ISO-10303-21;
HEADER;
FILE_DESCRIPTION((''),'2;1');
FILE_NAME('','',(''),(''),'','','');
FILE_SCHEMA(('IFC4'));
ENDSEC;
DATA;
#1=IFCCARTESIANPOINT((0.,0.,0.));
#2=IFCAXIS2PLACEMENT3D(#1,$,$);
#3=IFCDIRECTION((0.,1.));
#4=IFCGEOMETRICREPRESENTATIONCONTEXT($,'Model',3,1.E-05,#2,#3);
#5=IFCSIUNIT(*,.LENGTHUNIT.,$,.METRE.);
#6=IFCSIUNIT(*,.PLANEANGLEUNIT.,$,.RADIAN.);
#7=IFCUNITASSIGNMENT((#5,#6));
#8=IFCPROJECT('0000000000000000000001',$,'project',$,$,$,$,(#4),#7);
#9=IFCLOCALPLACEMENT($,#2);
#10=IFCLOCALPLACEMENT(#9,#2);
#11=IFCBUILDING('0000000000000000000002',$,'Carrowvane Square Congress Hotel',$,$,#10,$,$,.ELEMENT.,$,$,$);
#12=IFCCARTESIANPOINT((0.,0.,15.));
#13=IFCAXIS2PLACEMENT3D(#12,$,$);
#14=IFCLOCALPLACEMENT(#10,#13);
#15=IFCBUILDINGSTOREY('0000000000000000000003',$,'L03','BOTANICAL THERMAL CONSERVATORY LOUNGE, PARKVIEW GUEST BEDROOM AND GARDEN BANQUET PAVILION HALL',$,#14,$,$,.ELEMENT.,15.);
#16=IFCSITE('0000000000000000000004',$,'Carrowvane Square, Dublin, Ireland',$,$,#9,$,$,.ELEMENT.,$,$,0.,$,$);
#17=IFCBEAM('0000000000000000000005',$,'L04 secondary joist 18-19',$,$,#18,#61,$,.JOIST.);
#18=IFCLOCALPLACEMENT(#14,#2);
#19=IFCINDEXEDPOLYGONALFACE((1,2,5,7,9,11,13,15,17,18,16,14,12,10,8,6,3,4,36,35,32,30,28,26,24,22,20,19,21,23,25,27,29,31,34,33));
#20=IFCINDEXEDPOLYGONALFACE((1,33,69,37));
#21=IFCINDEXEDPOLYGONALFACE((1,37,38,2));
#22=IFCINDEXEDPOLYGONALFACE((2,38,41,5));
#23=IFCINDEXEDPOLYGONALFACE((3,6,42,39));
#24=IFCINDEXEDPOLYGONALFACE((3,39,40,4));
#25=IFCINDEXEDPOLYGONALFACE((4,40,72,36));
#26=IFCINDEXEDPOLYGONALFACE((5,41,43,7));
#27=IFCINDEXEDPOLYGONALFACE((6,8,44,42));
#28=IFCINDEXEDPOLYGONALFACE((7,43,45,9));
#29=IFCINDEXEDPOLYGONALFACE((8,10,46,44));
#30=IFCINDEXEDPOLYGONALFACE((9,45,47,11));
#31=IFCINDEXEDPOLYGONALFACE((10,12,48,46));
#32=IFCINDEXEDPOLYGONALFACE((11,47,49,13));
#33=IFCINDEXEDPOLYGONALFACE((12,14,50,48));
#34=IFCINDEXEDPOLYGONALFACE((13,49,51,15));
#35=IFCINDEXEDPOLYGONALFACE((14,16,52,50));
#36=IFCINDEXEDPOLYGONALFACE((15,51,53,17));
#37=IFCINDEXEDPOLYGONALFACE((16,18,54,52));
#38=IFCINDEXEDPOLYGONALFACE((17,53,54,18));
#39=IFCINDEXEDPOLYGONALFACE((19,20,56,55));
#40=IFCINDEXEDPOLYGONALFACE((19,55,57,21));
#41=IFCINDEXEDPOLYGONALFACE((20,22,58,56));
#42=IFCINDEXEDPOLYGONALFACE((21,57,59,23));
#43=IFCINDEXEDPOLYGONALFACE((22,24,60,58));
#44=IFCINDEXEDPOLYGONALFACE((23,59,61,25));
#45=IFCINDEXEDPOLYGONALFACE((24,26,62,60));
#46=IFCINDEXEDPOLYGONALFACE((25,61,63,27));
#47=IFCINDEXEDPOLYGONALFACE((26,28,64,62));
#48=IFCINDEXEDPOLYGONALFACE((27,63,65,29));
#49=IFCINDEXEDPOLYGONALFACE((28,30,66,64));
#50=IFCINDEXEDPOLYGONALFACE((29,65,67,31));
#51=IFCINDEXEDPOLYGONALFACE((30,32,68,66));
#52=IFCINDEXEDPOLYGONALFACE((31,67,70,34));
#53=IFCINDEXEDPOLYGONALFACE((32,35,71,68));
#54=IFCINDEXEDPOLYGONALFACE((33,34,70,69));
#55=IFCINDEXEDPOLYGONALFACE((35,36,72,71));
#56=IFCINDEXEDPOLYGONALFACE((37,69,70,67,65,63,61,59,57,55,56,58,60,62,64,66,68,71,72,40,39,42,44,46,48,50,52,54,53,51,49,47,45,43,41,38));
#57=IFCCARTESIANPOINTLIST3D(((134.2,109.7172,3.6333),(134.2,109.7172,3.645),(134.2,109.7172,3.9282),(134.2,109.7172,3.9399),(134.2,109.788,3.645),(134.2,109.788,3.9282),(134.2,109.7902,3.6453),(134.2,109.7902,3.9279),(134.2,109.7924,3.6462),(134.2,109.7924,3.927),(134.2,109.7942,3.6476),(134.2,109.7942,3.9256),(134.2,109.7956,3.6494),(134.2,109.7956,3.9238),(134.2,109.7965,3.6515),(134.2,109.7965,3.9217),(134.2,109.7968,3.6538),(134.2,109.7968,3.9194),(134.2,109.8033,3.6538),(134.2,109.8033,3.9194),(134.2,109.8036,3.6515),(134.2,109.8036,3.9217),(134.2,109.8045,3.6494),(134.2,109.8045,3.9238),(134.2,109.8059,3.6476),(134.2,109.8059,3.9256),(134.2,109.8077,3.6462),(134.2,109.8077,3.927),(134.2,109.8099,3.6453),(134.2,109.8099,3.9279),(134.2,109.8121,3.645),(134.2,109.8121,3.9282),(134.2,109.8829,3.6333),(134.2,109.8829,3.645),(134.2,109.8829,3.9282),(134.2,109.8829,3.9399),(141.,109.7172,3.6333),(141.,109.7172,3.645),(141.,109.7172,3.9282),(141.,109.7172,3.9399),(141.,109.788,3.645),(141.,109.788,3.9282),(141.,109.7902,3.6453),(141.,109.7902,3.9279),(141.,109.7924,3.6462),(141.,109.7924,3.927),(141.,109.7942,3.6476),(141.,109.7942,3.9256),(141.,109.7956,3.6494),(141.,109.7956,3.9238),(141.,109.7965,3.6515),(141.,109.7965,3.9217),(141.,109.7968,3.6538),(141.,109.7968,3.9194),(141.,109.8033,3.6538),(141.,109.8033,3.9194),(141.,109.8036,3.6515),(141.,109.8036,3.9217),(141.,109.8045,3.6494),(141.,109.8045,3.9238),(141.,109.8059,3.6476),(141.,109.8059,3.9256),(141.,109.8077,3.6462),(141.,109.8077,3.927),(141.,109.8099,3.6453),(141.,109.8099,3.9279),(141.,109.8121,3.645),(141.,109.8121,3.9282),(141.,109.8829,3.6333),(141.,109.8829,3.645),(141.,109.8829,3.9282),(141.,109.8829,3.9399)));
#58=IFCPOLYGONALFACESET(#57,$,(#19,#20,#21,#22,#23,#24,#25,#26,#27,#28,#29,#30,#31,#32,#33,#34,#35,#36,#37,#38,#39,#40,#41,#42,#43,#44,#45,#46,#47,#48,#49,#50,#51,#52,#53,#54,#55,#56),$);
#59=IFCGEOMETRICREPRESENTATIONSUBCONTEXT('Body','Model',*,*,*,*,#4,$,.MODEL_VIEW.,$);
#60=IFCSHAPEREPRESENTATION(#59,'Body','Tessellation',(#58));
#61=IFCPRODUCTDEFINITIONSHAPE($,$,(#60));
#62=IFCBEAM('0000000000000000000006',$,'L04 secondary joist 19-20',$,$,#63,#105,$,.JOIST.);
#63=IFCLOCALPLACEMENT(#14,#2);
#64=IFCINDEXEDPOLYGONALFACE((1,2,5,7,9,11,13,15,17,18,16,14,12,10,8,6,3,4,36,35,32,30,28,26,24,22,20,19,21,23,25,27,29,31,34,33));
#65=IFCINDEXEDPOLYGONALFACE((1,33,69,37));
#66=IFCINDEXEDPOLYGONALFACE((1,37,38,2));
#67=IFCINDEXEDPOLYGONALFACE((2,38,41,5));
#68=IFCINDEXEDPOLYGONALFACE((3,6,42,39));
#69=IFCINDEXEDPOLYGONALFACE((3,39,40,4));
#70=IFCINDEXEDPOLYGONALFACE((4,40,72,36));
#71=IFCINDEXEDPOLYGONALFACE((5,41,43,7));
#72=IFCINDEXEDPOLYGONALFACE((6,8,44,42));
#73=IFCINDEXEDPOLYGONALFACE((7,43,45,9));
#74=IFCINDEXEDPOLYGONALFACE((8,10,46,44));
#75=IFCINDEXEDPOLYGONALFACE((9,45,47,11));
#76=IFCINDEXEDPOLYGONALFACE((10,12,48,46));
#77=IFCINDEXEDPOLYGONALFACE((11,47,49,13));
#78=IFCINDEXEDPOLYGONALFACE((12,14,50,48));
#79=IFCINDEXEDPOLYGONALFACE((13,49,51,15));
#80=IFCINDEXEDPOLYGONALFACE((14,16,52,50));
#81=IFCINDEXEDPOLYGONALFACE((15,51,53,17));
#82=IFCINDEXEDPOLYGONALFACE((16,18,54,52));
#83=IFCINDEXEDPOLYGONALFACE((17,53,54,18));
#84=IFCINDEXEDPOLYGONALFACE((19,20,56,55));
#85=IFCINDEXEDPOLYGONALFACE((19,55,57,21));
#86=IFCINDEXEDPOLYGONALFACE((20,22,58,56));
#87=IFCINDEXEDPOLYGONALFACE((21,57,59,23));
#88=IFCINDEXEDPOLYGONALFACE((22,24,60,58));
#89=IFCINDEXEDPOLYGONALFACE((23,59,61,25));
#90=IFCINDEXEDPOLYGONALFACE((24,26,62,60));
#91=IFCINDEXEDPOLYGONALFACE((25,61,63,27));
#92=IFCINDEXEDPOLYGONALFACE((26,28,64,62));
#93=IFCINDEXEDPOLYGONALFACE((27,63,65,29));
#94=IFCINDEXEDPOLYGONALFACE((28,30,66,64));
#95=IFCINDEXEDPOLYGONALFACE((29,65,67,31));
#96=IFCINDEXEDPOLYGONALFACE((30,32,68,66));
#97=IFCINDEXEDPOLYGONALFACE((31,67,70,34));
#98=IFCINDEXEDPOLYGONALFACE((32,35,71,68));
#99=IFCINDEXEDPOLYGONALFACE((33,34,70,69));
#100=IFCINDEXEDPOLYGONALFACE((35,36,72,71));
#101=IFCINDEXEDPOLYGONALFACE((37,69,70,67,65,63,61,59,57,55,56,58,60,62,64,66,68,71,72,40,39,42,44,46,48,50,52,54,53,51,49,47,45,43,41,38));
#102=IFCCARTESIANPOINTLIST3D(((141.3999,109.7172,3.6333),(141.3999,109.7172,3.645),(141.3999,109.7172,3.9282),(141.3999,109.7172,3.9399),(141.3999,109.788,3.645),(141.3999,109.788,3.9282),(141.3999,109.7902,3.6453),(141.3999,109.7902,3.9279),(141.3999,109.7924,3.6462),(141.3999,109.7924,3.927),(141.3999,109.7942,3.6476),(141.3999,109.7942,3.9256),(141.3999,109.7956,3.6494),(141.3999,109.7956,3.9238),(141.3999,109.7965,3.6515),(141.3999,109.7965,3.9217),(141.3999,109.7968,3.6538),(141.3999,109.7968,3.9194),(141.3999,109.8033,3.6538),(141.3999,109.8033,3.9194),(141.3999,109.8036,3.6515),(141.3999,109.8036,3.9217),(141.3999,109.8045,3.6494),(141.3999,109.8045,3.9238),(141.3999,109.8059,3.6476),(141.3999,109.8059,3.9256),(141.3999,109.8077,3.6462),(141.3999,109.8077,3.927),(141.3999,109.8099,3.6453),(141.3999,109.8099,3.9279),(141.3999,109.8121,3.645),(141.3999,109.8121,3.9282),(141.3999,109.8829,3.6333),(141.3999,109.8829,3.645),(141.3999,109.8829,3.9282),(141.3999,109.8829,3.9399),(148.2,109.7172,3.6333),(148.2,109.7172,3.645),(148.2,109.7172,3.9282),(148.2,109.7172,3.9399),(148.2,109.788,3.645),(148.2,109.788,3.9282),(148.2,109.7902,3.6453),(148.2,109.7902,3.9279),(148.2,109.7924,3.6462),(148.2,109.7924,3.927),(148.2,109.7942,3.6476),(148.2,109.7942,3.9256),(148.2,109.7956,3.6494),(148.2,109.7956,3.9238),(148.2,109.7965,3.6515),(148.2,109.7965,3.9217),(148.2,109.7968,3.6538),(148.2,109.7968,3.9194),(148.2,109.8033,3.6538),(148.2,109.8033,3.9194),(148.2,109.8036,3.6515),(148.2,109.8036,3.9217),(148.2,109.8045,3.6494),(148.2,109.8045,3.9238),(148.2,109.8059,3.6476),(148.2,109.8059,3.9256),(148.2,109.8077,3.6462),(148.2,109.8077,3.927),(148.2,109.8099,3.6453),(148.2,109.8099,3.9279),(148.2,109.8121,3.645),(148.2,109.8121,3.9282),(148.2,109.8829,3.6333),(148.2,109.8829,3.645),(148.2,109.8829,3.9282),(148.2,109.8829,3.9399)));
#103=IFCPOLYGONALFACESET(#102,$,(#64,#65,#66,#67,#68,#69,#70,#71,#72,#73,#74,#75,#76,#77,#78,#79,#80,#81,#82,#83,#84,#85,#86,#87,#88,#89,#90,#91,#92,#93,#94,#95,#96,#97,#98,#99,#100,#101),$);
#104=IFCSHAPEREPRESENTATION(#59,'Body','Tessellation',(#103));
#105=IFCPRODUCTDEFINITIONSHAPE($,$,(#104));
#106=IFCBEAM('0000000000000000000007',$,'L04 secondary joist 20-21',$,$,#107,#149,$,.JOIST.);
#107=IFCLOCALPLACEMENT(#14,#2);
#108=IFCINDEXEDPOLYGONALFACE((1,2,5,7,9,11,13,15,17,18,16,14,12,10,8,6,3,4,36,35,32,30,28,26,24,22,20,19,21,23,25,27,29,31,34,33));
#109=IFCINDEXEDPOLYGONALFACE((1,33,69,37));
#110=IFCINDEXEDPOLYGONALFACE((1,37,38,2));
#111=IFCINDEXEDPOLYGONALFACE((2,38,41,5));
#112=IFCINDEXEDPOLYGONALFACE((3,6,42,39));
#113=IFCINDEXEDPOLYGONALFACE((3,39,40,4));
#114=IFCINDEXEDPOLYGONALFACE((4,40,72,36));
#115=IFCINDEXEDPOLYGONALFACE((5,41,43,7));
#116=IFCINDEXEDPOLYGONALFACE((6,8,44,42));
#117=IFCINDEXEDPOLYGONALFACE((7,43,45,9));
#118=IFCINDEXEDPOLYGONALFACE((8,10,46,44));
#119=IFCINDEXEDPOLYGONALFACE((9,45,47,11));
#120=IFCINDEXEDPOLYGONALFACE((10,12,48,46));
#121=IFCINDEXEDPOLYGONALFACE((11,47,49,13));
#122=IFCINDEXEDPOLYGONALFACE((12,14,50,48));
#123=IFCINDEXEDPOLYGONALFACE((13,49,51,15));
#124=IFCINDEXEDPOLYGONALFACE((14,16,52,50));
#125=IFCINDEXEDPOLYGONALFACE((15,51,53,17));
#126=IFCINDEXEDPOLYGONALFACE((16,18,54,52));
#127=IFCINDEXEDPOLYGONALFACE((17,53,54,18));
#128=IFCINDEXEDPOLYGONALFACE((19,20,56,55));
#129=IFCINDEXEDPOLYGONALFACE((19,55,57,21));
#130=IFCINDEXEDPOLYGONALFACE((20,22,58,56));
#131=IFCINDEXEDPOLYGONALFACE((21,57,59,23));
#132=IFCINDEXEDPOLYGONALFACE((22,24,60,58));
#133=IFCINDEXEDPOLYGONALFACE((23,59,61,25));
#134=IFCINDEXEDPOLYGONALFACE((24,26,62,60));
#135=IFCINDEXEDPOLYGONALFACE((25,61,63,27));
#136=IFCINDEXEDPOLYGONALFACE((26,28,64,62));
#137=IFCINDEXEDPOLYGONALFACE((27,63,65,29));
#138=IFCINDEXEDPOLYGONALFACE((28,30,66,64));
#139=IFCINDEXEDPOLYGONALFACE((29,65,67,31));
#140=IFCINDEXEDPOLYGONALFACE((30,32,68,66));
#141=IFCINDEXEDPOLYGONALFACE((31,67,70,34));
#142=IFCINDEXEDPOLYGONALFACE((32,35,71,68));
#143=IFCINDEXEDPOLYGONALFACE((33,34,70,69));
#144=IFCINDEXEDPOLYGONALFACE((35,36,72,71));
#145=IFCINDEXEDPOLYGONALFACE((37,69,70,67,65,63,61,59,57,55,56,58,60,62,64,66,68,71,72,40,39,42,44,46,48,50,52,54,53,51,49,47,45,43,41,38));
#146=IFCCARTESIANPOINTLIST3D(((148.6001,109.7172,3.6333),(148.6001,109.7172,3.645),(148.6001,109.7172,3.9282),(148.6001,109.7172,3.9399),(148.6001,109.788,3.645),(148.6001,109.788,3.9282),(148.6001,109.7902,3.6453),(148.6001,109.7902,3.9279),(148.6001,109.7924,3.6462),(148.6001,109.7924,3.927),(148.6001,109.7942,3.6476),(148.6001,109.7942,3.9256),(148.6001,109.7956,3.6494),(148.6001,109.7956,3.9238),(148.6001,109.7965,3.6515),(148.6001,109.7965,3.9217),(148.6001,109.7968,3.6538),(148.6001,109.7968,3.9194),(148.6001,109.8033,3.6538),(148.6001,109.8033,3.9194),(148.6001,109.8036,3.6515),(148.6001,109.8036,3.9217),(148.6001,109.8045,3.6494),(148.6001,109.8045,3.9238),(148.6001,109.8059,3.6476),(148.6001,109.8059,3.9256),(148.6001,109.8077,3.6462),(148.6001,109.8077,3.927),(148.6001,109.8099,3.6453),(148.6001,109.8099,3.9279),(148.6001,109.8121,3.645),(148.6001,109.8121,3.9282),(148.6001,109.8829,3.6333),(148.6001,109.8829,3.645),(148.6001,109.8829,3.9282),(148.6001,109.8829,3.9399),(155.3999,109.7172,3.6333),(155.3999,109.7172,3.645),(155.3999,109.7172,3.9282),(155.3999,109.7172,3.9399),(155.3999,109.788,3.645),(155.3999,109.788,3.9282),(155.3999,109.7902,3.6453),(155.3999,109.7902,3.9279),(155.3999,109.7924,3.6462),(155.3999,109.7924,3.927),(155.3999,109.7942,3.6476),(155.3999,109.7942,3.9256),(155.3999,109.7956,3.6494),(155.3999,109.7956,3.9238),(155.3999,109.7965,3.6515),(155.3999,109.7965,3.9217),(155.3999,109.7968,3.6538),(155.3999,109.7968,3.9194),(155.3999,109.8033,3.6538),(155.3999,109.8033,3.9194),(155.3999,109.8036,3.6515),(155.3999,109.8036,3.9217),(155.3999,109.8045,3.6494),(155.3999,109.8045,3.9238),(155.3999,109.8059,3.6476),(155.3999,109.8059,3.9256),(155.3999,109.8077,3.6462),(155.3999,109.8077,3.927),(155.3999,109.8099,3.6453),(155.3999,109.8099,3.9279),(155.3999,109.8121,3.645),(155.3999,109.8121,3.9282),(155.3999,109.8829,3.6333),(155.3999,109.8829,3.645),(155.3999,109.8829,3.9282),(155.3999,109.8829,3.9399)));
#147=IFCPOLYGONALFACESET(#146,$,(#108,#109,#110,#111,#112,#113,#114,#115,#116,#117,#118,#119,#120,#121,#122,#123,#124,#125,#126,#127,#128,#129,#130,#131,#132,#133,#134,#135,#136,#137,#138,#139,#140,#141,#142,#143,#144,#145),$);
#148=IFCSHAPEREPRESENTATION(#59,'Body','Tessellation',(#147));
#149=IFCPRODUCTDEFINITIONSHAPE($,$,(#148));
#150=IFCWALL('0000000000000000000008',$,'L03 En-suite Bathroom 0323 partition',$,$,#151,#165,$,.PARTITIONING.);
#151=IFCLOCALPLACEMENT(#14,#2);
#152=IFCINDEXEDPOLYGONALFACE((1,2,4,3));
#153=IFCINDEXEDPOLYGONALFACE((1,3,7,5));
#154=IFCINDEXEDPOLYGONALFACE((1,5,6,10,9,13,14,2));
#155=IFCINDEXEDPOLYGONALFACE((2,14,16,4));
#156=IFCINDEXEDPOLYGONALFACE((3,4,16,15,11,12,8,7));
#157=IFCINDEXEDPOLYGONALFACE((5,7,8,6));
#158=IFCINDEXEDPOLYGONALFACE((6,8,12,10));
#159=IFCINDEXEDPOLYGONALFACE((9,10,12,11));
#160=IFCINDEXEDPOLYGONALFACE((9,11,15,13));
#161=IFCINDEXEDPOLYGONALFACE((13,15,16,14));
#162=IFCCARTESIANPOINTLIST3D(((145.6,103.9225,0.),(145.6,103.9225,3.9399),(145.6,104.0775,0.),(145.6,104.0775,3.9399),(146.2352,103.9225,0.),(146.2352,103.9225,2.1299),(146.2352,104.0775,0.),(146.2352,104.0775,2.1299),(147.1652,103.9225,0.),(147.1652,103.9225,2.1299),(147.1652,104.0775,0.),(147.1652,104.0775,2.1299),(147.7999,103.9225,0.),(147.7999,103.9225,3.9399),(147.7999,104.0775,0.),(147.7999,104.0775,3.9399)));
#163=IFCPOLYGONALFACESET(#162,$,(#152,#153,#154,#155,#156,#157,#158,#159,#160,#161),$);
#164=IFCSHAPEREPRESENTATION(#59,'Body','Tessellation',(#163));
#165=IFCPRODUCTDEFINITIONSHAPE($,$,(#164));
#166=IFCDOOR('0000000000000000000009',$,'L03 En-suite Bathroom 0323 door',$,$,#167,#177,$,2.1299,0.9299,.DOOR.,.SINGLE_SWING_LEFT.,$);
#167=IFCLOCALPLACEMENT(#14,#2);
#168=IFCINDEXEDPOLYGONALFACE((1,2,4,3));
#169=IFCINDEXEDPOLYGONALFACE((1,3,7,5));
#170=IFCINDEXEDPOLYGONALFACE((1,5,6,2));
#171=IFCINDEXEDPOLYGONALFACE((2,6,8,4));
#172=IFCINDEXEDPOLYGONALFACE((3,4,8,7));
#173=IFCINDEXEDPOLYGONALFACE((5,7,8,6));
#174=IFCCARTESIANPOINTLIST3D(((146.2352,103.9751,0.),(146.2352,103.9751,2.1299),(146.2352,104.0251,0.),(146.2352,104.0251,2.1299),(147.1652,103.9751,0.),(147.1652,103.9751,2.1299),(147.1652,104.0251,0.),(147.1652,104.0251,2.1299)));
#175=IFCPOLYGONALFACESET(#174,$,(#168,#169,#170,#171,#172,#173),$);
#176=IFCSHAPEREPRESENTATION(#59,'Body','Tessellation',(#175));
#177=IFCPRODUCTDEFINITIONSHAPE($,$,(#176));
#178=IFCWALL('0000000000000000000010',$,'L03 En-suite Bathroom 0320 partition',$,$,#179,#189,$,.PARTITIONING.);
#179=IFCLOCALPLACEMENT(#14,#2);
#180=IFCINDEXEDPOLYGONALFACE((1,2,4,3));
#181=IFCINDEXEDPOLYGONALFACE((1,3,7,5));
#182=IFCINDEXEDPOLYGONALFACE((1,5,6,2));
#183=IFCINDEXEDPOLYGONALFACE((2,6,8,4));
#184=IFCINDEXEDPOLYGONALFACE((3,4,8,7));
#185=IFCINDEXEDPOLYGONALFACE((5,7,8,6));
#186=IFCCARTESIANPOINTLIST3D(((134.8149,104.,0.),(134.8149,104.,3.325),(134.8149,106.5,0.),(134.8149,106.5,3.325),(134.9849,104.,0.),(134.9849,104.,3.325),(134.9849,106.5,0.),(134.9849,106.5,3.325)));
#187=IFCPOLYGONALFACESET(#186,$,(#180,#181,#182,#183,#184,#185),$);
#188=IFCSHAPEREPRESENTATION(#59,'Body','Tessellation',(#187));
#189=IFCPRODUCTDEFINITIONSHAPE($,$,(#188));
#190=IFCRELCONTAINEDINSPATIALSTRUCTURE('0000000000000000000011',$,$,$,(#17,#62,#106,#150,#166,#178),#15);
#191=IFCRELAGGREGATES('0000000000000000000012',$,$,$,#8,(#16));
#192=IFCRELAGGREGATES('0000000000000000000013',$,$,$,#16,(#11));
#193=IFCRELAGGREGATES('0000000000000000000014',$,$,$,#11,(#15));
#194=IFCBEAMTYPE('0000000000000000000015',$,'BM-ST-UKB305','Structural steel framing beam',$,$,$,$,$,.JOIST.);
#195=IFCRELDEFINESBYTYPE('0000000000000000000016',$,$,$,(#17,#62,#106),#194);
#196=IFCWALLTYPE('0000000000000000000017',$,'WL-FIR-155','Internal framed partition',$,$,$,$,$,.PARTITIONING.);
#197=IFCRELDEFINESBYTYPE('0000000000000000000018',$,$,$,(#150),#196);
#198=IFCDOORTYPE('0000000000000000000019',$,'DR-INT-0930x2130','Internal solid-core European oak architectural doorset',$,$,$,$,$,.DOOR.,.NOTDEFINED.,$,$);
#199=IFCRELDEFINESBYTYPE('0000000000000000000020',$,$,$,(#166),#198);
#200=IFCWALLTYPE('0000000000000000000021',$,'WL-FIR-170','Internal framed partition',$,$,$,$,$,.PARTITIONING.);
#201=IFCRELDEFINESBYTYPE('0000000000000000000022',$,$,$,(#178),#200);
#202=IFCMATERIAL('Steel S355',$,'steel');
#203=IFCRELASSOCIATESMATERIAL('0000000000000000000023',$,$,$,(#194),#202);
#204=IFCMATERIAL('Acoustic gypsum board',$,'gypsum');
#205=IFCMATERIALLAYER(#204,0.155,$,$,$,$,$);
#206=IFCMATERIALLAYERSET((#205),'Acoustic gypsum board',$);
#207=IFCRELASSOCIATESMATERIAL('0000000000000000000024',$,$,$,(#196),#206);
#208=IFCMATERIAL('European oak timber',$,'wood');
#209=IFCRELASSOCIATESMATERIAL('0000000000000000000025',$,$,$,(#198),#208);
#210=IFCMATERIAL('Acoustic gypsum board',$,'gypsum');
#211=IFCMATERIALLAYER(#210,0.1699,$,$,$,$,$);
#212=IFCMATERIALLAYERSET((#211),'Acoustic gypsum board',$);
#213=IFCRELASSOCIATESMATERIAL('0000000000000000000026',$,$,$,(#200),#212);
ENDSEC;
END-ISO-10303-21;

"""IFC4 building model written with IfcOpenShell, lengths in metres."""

from ifc_helpers import new_model, si_unit, direction, frame, frame_2d, origin, origin_2d, place, context, subcontext, project, spatial, rectangle, i_section, extrude, material, layer, layer_set, material_profile, profile_set, type_object, element, fill, save


model = new_model("IFC4")

# Units and contexts
model_context = context("Model", 3, precision=1e-05, world=origin(), true_north=direction((0.0, 1.0)))
body_context = subcontext(model_context, "Body", "Model", "MODEL_VIEW")
ifc_project = project(units=[si_unit("LENGTHUNIT", "METRE"), si_unit("PLANEANGLEUNIT", "RADIAN")], contexts=[model_context])

# Site, building, storey
site_placement = place(None, origin())
site = spatial("IfcSite", under=ifc_project, at=site_placement, Name="Carrowvane Square, Dublin, Ireland", CompositionType="ELEMENT", RefElevation=0.0)
building_placement = place(site_placement, origin())
building = spatial("IfcBuilding", under=site, at=building_placement, Name="Carrowvane Square Congress Hotel", CompositionType="ELEMENT")
storey_placement = place(building_placement, frame((0.0, 0.0, 15.0)))
storey = spatial("IfcBuildingStorey", under=building, at=storey_placement, Name="L03", Description="BOTANICAL THERMAL CONSERVATORY LOUNGE, PARKVIEW GUEST BEDROOM AND GARDEN BANQUET PAVILION HALL", CompositionType="ELEMENT", Elevation=15.0)

# Beams
ifc_material_1 = material(Name="Steel S355", Category="steel")
ifc_material_profile_1 = material_profile(ifc_material_1, i_section(OverallWidth=0.1658, OverallDepth=0.3066, WebThickness=0.0066, FlangeThickness=0.0117, FilletRadius=0.0088, at=origin_2d()), Name="UKB 305x165x46")
ifc_profile_set_1 = profile_set([ifc_material_profile_1], Name="Steel S355")
beam_type_1 = type_object("IfcBeamType", Name="BM-ST-UKB305", Description="Structural steel framing beam", PredefinedType="JOIST", material=ifc_profile_set_1)
for number, where, z_axis, x_axis, name in (
    (1, (134.2, 109.8, 3.7866), (1.0, 0.0, 0.0), (0.0, 1.0, 0.0), "L04 secondary joist 18-19"),
    (2, (141.3999, 109.8, 3.7866), (1.0, 0.0, 0.0), (0.0, 1.0, 0.0), "L04 secondary joist 19-20"),
):
    element("IfcBeam", number, at=place(storey_placement, frame(where, z_axis=z_axis, x_axis=x_axis)), inside=storey, type_object=beam_type_1, Name=name, PredefinedType="JOIST", context=body_context, shape_type="SweptSolid", body=[
        extrude(i_section(OverallWidth=0.1658, OverallDepth=0.3066, WebThickness=0.0066, FlangeThickness=0.0117, FilletRadius=0.0088, at=origin_2d()), origin(), (0.0, 0.0, 1.0), 6.8),
    ])
beam_1_placement = place(storey_placement, frame((148.6001, 109.8, 3.7866), z_axis=(1.0, 0.0, 0.0), x_axis=(0.0, 1.0, 0.0)))
element("IfcBeam", 3, at=beam_1_placement, inside=storey, type_object=beam_type_1, Name="L04 secondary joist 20-21", PredefinedType="JOIST", context=body_context, shape_type="SweptSolid", body=[
    extrude(i_section(OverallWidth=0.1658, OverallDepth=0.3066, WebThickness=0.0066, FlangeThickness=0.0117, FilletRadius=0.0088, at=origin_2d()), origin(), (0.0, 0.0, 1.0), 6.7998),
])

# Wall, opening, door
ifc_material_2 = material(Name="Acoustic gypsum board", Category="gypsum")
ifc_layer_1 = layer(ifc_material_2, 0.155)
ifc_layer_set_1 = layer_set([ifc_layer_1], Name="Acoustic gypsum board")
wall_type_1 = type_object("IfcWallType", Name="WL-FIR-155", Description="Internal framed partition", PredefinedType="PARTITIONING", material=ifc_layer_set_1)
wall_1_placement = place(storey_placement, frame((147.8, 104.0, 0.0), z_axis=(0.0, 0.0, 1.0), x_axis=(-1.0, 0.0, 0.0)))
wall_1 = element("IfcWall", 4, at=wall_1_placement, inside=storey, type_object=wall_type_1, Name="L03 En-suite Bathroom 0323 partition", PredefinedType="PARTITIONING", context=body_context, shape_type="SweptSolid", body=[
    extrude(rectangle(XDim=2.2, YDim=0.155, at=frame_2d((1.1001, 0.0))), origin(), (0.0, 0.0, 1.0), 3.9399),
])
opening_1_placement = place(wall_1_placement, frame((0.635, 0.0, 0.0)))
opening_1 = element("IfcOpeningElement", 5, at=opening_1_placement, cuts=wall_1, PredefinedType="OPENING", context=body_context, shape_type="SweptSolid", body=[
    extrude(rectangle(XDim=0.9299, YDim=2.1299, at=frame_2d((0.4648, 1.0649))), frame((0.0, 0.0874, 0.0), z_axis=(0.0, -1.0, 0.0), x_axis=(1.0, 0.0, 0.0)), (0.0, 0.0, 1.0), 0.175),
])
ifc_material_3 = material(Name="European oak timber", Category="wood")
door_type_1 = type_object("IfcDoorType", Name="DR-INT-0930x2130", Description="Internal solid-core European oak architectural doorset", OperationType="NOTDEFINED", PredefinedType="DOOR", material=ifc_material_3)
door_1_placement = place(opening_1_placement, origin())
door_1 = element("IfcDoor", 6, at=door_1_placement, inside=storey, type_object=door_type_1, Name="L03 En-suite Bathroom 0323 door", OperationType="SINGLE_SWING_LEFT", OverallHeight=2.1299, OverallWidth=0.9299, PredefinedType="DOOR", context=body_context, shape_type="SweptSolid", body=[
    extrude(rectangle(XDim=0.9299, YDim=2.1299, at=frame_2d((0.4648, 1.0649))), frame((0.0, 0.0249, 0.0), z_axis=(0.0, -1.0, 0.0), x_axis=(1.0, 0.0, 0.0)), (0.0, 0.0, 1.0), 0.05),
])
fill(opening_1, door_1)

# Wall
ifc_material_4 = material(Name="Acoustic gypsum board", Category="gypsum")
ifc_layer_2 = layer(ifc_material_4, 0.1699)
ifc_layer_set_2 = layer_set([ifc_layer_2], Name="Acoustic gypsum board")
wall_type_2 = type_object("IfcWallType", Name="WL-FIR-170", Description="Internal framed partition", PredefinedType="PARTITIONING", material=ifc_layer_set_2)
for number, where, z_axis, x_axis, name in (
    (7, (134.8999, 106.5, 0.0), (0.0, 0.0, 1.0), (0.0, -1.0, 0.0), "L03 En-suite Bathroom 0320 partition"),
):
    element("IfcWall", number, at=place(storey_placement, frame(where, z_axis=z_axis, x_axis=x_axis)), inside=storey, type_object=wall_type_2, Name=name, PredefinedType="PARTITIONING", context=body_context, shape_type="SweptSolid", body=[
        extrude(rectangle(XDim=2.5, YDim=0.1699, at=frame_2d((1.25, 0.0))), origin(), (0.0, 0.0, 1.0), 3.325),
    ])

save(model, "model.ifc")
